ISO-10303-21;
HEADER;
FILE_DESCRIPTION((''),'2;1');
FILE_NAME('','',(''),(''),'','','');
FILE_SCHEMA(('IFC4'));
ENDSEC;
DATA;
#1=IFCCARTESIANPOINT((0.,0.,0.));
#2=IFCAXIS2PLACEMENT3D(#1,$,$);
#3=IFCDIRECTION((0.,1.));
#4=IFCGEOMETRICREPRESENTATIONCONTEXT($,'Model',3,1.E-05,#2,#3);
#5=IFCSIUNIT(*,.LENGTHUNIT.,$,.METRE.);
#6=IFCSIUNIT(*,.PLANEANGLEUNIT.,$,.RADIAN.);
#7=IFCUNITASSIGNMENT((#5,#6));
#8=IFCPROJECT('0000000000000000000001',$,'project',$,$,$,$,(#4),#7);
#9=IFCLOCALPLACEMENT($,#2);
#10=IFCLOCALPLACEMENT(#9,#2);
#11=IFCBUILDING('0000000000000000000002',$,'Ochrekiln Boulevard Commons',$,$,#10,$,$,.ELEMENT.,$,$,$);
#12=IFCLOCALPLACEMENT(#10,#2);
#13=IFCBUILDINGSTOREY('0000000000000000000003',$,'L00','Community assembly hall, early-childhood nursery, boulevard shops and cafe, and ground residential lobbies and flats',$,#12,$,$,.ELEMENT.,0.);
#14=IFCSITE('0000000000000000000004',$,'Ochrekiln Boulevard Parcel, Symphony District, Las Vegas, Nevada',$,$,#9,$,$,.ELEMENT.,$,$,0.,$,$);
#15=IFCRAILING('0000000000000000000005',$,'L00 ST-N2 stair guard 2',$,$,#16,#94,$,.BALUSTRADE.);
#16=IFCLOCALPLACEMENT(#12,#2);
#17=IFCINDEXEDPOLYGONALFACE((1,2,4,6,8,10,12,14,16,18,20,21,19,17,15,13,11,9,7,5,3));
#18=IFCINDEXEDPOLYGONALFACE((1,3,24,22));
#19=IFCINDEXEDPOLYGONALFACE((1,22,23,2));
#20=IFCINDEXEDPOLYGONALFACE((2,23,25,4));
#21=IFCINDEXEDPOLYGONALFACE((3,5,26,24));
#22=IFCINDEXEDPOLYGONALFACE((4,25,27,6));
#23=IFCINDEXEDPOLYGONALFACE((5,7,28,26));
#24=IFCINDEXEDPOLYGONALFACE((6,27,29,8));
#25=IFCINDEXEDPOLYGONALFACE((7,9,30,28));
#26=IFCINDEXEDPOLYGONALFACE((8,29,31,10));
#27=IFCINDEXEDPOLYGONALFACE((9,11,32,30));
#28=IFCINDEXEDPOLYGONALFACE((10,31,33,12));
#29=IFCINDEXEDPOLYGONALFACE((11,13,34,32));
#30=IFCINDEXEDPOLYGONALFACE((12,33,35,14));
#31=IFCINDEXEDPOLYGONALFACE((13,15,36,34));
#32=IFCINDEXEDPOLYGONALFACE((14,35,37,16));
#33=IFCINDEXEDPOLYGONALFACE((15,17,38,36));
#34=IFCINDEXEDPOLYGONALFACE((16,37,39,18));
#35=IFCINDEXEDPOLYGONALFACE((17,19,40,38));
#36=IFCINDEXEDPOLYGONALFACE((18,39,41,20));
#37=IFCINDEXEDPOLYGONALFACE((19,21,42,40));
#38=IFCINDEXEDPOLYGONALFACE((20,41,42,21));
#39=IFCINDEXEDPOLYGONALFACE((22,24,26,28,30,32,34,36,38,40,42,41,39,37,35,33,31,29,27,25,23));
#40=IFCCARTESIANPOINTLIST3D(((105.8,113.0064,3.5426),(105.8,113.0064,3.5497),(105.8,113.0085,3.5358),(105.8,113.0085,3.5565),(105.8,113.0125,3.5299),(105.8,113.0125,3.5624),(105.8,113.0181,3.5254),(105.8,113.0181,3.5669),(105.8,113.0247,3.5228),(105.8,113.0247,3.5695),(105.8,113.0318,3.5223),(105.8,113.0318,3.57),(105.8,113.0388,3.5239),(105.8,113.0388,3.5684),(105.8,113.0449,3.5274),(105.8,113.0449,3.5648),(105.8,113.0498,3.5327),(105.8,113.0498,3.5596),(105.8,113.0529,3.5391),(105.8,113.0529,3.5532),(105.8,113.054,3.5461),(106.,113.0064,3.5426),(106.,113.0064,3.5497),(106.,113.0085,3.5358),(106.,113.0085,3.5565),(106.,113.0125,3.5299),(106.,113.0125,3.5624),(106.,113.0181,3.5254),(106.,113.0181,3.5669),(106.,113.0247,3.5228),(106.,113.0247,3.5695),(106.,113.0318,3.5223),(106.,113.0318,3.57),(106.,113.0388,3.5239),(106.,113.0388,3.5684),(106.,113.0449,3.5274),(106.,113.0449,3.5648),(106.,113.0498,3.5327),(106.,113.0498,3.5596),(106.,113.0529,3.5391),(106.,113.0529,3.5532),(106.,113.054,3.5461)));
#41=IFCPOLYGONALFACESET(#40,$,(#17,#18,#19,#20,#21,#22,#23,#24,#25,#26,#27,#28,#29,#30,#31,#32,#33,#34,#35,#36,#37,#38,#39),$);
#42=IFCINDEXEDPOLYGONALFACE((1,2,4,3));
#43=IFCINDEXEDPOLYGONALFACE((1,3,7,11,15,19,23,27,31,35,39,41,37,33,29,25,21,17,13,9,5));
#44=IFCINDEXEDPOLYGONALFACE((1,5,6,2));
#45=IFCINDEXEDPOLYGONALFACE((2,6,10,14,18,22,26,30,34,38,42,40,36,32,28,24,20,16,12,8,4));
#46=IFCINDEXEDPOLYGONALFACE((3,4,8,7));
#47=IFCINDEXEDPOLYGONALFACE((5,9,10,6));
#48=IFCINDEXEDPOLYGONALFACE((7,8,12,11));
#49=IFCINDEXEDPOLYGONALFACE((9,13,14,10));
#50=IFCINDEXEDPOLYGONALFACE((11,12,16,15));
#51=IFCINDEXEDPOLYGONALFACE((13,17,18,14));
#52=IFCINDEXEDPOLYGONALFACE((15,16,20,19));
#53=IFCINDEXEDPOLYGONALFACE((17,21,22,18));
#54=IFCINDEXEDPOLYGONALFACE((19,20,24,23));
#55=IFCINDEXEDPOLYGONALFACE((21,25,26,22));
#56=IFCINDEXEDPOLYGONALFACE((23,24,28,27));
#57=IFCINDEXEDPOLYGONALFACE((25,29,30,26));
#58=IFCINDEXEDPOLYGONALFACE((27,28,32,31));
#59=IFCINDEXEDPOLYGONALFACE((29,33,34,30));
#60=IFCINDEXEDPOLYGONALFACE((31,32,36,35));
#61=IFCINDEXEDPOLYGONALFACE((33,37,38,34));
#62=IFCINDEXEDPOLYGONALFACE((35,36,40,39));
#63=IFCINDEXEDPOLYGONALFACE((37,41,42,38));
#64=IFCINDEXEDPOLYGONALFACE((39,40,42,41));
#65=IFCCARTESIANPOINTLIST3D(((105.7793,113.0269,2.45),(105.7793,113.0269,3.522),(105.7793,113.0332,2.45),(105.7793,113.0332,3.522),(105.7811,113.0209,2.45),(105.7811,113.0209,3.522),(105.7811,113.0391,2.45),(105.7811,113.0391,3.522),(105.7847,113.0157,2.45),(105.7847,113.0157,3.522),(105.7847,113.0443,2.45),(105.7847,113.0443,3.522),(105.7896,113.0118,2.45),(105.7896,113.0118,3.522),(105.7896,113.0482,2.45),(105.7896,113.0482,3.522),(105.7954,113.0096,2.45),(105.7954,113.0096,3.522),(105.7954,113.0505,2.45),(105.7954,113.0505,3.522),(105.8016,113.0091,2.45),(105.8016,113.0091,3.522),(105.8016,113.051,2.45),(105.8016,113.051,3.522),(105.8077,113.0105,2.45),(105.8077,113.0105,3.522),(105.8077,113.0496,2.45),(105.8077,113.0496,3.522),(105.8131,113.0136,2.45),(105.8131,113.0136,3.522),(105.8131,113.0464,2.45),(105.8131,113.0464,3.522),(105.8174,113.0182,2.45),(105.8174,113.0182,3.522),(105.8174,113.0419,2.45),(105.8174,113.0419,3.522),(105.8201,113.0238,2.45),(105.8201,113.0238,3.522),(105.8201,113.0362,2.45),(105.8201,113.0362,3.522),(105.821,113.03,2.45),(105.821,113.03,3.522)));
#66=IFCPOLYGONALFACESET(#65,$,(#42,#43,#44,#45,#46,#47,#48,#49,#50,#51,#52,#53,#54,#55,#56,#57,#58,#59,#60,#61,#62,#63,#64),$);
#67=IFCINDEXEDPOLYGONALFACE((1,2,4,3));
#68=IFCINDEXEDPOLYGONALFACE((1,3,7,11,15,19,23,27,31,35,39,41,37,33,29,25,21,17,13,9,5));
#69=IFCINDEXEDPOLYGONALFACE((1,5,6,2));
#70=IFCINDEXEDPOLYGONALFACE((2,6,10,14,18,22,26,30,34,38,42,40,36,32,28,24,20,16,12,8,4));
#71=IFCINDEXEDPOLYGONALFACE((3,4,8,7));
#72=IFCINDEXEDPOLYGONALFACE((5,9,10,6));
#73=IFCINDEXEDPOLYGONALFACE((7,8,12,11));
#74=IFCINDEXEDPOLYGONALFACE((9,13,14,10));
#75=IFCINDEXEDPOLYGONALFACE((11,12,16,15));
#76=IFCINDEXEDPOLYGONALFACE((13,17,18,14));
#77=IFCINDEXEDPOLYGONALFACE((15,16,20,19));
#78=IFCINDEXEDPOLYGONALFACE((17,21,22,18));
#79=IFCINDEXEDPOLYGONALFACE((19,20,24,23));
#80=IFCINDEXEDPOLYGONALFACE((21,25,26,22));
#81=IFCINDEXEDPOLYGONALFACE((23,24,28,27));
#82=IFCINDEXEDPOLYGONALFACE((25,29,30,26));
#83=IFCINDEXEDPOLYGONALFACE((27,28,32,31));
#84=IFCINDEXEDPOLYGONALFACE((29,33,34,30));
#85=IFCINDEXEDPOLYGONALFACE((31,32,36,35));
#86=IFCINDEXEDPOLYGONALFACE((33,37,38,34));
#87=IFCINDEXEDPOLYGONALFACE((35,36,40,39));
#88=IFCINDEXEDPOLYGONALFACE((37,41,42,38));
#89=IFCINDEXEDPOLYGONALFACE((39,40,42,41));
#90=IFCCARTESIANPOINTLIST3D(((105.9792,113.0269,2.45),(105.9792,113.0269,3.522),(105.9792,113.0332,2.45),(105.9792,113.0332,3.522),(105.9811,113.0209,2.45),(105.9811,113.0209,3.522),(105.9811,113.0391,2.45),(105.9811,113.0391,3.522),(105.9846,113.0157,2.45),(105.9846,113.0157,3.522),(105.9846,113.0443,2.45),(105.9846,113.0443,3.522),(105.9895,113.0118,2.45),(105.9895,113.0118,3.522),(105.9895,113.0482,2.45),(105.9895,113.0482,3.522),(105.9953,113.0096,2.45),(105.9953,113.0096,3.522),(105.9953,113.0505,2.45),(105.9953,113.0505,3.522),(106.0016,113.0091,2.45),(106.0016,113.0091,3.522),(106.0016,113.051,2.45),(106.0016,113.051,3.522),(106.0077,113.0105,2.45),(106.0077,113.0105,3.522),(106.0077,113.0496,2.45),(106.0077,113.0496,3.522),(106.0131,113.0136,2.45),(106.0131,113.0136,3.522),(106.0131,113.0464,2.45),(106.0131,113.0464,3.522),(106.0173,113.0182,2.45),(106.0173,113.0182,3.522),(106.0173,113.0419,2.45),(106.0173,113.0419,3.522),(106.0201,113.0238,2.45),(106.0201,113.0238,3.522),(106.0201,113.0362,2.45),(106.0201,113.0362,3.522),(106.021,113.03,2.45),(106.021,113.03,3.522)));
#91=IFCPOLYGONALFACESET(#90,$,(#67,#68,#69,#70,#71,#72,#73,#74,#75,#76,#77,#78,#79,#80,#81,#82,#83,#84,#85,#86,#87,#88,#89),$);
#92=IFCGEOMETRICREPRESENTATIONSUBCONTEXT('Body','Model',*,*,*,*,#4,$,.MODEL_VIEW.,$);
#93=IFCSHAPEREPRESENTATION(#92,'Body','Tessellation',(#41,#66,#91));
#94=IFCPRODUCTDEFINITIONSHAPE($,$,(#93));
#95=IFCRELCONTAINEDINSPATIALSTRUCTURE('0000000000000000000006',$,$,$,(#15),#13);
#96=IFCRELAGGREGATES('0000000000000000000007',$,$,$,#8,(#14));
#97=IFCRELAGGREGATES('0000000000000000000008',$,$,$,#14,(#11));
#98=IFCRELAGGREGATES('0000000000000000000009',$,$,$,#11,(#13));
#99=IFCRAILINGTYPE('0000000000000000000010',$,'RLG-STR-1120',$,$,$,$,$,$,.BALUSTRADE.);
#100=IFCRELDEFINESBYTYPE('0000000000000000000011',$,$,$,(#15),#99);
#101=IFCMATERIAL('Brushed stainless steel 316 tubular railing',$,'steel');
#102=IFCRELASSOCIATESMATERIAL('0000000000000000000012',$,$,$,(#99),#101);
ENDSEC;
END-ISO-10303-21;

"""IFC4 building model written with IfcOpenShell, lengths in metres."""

from ifc_helpers import new_model, si_unit, direction, frame, origin, origin_2d, place, context, subcontext, project, spatial, circle, extrude, material, type_object, element, save


model = new_model("IFC4")

# Units and contexts
model_context = context("Model", 3, precision=1e-05, world=origin(), true_north=direction((0.0, 1.0)))
body_context = subcontext(model_context, "Body", "Model", "MODEL_VIEW")
ifc_project = project(units=[si_unit("LENGTHUNIT", "METRE"), si_unit("PLANEANGLEUNIT", "RADIAN")], contexts=[model_context])

# Site, building, storey
site_placement = place(None, origin())
site = spatial("IfcSite", under=ifc_project, at=site_placement, Name="Ochrekiln Boulevard Parcel, Symphony District, Las Vegas, Nevada", CompositionType="ELEMENT", RefElevation=0.0)
building_placement = place(site_placement, origin())
building = spatial("IfcBuilding", under=site, at=building_placement, Name="Ochrekiln Boulevard Commons", CompositionType="ELEMENT")
storey_placement = place(building_placement, origin())
storey = spatial("IfcBuildingStorey", under=building, at=storey_placement, Name="L00", Description="Community assembly hall, early-childhood nursery, boulevard shops and cafe, and ground residential lobbies and flats", CompositionType="ELEMENT", Elevation=0.0)

# Railing
ifc_material_1 = material(Name="Brushed stainless steel 316 tubular railing", Category="steel")
railing_type_1 = type_object("IfcRailingType", Name="RLG-STR-1120", PredefinedType="BALUSTRADE", material=ifc_material_1)
railing_1_placement = place(storey_placement, frame((105.8, 113.03, 2.45)))
element("IfcRailing", 1, at=railing_1_placement, inside=storey, type_object=railing_type_1, Name="L00 ST-N2 stair guard 2", PredefinedType="BALUSTRADE", context=body_context, shape_type="SweptSolid", body=[
    extrude(circle(Radius=0.0239, at=origin_2d()), frame((0.0, 0.0, 1.0962), z_axis=(1.0, 0.0, 0.0), x_axis=(0.0, 1.0, 0.0)), (0.0, 0.0, 1.0), 0.2),
    extrude(circle(Radius=0.021, at=origin_2d()), origin(), (0.0, 0.0, 1.0), 1.072),
    extrude(circle(Radius=0.021, at=origin_2d()), frame((0.2, 0.0, 0.0)), (0.0, 0.0, 1.0), 1.072),
])

save(model, "model.ifc")
